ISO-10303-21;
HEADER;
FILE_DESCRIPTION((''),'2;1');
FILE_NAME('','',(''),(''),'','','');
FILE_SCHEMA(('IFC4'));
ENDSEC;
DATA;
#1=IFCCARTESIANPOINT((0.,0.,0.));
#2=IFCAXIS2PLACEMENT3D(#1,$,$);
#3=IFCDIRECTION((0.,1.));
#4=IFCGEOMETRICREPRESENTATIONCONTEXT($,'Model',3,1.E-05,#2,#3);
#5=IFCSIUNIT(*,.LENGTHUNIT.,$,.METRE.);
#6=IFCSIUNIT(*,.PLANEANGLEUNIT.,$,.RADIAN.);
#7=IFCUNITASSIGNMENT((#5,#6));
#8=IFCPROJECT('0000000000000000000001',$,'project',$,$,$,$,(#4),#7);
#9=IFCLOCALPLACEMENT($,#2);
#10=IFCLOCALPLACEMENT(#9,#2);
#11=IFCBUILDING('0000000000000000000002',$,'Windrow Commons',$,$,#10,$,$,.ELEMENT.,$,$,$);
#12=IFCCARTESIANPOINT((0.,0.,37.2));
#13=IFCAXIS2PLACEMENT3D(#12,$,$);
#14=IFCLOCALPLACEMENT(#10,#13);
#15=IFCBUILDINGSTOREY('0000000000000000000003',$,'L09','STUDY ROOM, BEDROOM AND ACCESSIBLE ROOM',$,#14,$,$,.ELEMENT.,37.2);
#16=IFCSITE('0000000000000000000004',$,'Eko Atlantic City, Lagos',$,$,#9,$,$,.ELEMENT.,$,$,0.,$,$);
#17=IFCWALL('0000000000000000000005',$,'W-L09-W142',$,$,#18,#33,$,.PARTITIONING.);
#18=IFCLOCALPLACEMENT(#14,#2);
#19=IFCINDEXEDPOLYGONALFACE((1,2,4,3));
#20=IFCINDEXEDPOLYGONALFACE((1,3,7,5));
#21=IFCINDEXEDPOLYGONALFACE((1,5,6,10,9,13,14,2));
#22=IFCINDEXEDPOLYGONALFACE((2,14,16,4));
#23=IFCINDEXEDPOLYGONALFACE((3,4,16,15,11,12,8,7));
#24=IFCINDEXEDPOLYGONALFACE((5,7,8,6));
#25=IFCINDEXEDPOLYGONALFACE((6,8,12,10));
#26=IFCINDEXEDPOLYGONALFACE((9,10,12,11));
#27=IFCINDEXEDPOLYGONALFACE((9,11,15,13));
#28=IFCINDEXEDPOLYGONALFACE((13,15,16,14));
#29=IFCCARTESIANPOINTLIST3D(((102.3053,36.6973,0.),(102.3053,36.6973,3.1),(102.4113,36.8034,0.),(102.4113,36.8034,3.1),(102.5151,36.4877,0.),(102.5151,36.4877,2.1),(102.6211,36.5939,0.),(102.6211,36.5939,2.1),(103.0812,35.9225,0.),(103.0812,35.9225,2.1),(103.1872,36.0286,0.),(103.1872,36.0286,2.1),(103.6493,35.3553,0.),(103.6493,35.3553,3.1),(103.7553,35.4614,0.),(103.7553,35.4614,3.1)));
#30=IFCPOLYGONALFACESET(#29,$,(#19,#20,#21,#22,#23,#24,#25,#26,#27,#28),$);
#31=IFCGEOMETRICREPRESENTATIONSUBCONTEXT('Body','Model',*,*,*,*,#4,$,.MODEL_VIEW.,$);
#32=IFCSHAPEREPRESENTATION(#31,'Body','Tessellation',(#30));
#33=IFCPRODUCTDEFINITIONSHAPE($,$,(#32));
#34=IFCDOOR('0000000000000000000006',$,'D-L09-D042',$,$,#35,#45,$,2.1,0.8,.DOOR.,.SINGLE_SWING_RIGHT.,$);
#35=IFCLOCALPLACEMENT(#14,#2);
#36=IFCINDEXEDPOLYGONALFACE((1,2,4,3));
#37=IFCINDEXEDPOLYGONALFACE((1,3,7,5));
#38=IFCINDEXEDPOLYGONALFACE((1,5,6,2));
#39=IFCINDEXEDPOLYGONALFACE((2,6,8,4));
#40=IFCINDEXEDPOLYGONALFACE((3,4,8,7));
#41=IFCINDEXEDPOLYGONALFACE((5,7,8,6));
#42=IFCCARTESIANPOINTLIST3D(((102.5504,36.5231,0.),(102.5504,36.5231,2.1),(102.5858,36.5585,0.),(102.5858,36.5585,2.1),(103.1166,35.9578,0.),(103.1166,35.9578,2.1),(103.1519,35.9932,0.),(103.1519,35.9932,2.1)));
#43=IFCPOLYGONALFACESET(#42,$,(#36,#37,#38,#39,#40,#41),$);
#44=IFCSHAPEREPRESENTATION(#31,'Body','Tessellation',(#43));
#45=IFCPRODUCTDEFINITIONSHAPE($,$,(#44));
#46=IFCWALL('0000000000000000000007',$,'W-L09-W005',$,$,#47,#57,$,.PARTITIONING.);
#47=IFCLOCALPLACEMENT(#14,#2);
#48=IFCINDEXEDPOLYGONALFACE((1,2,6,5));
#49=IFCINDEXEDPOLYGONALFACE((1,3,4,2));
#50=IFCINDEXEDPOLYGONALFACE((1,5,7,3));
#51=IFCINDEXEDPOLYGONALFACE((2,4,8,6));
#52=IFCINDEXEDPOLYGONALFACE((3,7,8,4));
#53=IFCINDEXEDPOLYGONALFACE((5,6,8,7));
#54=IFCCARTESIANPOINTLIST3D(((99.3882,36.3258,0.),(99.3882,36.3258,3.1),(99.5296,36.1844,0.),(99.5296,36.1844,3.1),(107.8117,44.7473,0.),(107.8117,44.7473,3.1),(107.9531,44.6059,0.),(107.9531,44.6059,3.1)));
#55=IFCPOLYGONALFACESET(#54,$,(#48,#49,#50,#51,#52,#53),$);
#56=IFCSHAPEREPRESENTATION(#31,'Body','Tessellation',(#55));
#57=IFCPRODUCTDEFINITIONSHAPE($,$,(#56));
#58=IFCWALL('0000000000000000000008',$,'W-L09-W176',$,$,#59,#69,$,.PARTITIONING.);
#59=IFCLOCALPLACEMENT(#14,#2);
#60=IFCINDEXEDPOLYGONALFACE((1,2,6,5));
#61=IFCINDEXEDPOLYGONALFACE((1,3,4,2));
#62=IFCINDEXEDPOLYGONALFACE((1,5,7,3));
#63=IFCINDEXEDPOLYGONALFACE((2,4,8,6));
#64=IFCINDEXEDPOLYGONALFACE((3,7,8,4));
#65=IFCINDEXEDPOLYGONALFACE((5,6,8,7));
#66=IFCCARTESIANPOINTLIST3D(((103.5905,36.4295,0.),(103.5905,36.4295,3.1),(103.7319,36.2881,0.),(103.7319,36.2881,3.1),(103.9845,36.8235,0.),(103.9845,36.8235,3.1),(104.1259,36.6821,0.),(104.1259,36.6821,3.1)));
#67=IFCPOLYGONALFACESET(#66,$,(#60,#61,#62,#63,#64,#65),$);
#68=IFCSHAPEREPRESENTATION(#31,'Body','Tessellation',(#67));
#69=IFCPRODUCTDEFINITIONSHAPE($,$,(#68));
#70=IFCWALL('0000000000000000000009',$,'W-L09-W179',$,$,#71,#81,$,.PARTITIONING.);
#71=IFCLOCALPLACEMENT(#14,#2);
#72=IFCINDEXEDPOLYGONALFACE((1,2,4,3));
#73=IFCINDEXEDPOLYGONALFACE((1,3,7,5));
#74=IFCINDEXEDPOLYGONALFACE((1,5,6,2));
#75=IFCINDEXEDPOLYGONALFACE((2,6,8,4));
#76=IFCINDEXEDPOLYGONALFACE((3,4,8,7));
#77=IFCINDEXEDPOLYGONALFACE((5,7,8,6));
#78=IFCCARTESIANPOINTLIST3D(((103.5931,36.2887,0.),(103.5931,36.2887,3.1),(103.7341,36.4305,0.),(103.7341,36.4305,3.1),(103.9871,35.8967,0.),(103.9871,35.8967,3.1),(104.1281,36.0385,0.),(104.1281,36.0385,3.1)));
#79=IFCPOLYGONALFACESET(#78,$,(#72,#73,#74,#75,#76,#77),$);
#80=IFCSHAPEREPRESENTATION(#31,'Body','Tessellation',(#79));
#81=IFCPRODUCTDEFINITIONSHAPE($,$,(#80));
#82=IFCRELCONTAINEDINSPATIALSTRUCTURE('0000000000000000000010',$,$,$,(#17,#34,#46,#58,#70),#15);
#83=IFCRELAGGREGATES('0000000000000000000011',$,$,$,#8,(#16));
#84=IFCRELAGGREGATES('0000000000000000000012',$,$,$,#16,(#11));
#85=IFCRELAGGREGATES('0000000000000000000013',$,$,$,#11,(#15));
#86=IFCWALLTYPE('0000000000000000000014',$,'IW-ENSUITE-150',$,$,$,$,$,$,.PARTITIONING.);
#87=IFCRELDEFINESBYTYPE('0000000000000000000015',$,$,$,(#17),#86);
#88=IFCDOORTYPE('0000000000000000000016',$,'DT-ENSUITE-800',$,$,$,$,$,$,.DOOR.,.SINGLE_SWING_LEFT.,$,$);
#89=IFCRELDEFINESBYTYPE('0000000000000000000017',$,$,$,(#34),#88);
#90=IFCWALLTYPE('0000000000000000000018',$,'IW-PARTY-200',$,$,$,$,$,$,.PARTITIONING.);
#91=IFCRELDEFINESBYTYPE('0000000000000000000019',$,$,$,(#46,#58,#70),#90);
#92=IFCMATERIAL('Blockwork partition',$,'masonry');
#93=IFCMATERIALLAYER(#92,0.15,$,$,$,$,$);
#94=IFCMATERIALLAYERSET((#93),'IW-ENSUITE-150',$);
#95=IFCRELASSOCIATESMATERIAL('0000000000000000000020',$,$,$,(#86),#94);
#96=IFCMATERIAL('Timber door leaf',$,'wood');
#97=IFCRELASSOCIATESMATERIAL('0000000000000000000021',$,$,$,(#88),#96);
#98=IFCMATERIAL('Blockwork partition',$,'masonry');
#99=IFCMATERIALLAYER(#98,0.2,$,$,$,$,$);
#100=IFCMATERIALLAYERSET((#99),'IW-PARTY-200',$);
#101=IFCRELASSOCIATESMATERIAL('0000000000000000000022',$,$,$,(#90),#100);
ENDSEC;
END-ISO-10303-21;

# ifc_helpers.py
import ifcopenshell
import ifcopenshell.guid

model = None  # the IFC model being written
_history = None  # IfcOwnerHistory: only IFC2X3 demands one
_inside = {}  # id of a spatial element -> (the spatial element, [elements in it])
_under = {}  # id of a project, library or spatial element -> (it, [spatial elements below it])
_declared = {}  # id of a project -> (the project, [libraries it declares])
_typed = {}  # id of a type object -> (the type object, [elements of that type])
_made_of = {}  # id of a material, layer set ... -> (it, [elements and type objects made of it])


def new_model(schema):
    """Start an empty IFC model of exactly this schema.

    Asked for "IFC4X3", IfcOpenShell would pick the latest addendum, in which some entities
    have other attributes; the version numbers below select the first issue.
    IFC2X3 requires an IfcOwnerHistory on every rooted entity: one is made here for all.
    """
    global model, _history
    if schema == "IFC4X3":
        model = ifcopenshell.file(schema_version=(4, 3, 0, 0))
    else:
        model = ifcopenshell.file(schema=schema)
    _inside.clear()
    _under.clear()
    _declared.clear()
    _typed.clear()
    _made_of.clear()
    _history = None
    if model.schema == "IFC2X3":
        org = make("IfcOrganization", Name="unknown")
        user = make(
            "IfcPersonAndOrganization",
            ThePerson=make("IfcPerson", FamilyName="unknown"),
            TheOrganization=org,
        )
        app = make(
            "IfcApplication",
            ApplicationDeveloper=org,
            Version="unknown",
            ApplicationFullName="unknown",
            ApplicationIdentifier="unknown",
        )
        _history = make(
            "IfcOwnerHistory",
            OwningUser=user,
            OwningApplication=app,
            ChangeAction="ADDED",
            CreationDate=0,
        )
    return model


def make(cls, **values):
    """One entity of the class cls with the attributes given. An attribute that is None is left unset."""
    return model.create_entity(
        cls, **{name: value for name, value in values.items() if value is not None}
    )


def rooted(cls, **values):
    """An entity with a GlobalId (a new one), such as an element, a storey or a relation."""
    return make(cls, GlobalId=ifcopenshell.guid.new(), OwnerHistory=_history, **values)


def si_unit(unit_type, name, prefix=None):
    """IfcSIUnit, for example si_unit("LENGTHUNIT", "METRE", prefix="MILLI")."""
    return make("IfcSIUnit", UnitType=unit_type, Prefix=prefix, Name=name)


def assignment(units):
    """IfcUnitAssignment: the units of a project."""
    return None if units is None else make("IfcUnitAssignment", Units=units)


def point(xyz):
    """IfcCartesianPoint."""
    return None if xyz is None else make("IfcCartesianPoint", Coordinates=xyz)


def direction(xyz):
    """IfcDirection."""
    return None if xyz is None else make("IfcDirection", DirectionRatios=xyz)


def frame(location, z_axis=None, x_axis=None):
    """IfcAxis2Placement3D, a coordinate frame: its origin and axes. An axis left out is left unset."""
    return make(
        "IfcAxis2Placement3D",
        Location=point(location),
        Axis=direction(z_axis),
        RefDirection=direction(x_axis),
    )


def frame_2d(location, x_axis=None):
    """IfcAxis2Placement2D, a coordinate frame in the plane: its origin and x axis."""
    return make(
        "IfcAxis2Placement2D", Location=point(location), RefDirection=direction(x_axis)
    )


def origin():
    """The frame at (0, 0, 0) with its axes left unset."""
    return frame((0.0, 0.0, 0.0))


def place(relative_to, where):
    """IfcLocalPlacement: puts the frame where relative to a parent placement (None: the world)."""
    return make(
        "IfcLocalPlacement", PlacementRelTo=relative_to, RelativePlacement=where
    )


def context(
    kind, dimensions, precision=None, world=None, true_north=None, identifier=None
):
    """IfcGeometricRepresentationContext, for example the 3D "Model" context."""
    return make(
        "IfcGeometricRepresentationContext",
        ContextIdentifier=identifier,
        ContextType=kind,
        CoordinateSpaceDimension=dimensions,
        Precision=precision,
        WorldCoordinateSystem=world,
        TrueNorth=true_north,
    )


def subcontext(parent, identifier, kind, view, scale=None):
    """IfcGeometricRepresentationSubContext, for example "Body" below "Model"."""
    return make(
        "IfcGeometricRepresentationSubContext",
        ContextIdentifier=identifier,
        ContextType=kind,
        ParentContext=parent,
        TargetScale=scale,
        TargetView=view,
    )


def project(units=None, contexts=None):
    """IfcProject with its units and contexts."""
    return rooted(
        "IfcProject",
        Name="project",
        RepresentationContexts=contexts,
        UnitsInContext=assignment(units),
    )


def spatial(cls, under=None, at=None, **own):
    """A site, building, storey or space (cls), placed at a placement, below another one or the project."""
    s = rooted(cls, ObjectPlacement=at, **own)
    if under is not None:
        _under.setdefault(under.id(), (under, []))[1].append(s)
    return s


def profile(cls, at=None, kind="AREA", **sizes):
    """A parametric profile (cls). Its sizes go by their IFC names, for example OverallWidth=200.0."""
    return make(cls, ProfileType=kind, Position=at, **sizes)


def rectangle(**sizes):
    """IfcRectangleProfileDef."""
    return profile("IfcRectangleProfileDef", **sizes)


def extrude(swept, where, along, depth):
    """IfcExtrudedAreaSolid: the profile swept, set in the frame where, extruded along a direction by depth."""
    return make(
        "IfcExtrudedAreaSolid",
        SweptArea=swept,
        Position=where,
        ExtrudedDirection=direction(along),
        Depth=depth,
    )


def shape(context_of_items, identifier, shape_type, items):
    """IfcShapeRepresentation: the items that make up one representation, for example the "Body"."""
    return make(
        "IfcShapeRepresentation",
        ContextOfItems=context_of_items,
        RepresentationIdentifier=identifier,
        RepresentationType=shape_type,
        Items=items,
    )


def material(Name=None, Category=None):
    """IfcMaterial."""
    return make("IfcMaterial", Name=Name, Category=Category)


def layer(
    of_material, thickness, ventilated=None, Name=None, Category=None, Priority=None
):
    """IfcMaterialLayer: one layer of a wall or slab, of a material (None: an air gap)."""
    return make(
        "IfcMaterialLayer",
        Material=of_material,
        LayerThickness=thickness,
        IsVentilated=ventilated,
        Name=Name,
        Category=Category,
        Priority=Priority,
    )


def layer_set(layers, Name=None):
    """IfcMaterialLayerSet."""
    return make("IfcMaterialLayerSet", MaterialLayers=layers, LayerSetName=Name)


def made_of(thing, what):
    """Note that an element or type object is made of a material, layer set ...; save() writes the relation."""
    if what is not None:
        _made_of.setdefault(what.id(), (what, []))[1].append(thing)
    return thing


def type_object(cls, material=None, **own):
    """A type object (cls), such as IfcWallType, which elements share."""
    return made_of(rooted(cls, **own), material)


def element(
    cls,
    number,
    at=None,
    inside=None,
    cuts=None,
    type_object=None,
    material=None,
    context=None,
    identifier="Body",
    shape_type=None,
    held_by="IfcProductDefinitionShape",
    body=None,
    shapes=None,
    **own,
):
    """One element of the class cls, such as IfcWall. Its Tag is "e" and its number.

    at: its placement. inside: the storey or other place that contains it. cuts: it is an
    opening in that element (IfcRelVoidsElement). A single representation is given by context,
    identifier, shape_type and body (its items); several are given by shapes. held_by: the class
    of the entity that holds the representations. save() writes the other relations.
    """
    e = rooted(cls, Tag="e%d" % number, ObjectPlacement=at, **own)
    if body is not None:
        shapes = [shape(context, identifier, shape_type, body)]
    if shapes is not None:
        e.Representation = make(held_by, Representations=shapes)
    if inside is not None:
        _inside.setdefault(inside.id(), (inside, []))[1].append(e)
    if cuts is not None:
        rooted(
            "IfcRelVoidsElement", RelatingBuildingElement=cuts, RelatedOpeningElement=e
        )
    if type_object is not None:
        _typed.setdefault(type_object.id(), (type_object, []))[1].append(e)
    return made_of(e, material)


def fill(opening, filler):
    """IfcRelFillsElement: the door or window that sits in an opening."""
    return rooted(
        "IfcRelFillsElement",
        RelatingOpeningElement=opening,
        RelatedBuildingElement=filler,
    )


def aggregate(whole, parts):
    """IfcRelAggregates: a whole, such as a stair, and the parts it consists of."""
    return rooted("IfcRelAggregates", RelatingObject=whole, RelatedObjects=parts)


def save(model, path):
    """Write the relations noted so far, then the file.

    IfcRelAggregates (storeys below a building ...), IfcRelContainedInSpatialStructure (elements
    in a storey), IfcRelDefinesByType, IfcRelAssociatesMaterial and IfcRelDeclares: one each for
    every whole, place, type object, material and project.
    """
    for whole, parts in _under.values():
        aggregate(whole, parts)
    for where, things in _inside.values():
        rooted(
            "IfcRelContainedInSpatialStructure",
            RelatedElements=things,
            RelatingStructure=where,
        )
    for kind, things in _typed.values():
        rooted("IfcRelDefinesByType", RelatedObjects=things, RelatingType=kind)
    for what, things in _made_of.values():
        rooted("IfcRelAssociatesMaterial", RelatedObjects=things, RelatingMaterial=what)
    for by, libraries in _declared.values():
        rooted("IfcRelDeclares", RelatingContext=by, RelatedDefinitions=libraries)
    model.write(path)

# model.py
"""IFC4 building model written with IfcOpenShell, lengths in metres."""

from ifc_helpers import new_model, si_unit, direction, frame, frame_2d, origin, place, context, subcontext, project, spatial, rectangle, extrude, material, layer, layer_set, type_object, element, fill, save


model = new_model("IFC4")

# Units and contexts
model_context = context("Model", 3, precision=1e-05, world=origin(), true_north=direction((0.0, 1.0)))
body_context = subcontext(model_context, "Body", "Model", "MODEL_VIEW")
ifc_project = project(units=[si_unit("LENGTHUNIT", "METRE"), si_unit("PLANEANGLEUNIT", "RADIAN")], contexts=[model_context])

# Site, building, storey
site_placement = place(None, origin())
site = spatial("IfcSite", under=ifc_project, at=site_placement, Name="Eko Atlantic City, Lagos", CompositionType="ELEMENT", RefElevation=0.0)
building_placement = place(site_placement, origin())
building = spatial("IfcBuilding", under=site, at=building_placement, Name="Windrow Commons", CompositionType="ELEMENT")
storey_placement = place(building_placement, frame((0.0, 0.0, 37.2)))
storey = spatial("IfcBuildingStorey", under=building, at=storey_placement, Name="L09", Description="STUDY ROOM, BEDROOM AND ACCESSIBLE ROOM", CompositionType="ELEMENT", Elevation=37.2)

# Shared definitions
ifc_material_1 = material(Name="Blockwork partition", Category="masonry")
ifc_layer_1 = layer(ifc_material_1, 0.15)
ifc_layer_set_1 = layer_set([ifc_layer_1], Name="IW-ENSUITE-150")
wall_type_1 = type_object("IfcWallType", Name="IW-ENSUITE-150", PredefinedType="PARTITIONING", material=ifc_layer_set_1)

# Wall, opening, door
wall_1_placement = place(storey_placement, frame((102.3583, 36.7503, 0.0), z_axis=(0.0, 0.0, 1.0), x_axis=(0.707633, -0.70658, 0.0)))
wall_1 = element("IfcWall", 1, at=wall_1_placement, inside=storey, type_object=wall_type_1, Name="W-L09-W142", PredefinedType="PARTITIONING", context=body_context, shape_type="SweptSolid", body=[
    extrude(rectangle(XDim=1.8993, YDim=0.15, at=frame_2d((0.9496, 0.0))), origin(), (0.0, 0.0, 1.0), 3.1),
])
opening_1_placement = place(wall_1_placement, frame((0.2965, 0.0, 0.0)))
opening_1 = element("IfcOpeningElement", 2, at=opening_1_placement, cuts=wall_1, PredefinedType="OPENING", context=body_context, shape_type="SweptSolid", body=[
    extrude(rectangle(XDim=0.8, YDim=2.1, at=frame_2d((0.4, 1.05))), frame((0.0, 0.085, 0.0), z_axis=(0.0, -1.0, 0.0), x_axis=(1.0, 0.0, 0.0)), (0.0, 0.0, 1.0), 0.17),
])
ifc_material_2 = material(Name="Timber door leaf", Category="wood")
door_type_1 = type_object("IfcDoorType", Name="DT-ENSUITE-800", OperationType="SINGLE_SWING_LEFT", PredefinedType="DOOR", material=ifc_material_2)
door_1_placement = place(opening_1_placement, origin())
door_1 = element("IfcDoor", 3, at=door_1_placement, inside=storey, type_object=door_type_1, Name="D-L09-D042", OperationType="SINGLE_SWING_RIGHT", OverallHeight=2.1, OverallWidth=0.8, PredefinedType="DOOR", context=body_context, shape_type="SweptSolid", body=[
    extrude(rectangle(XDim=0.8, YDim=2.1, at=frame_2d((0.4, 1.05))), frame((0.0, 0.025, 0.0), z_axis=(0.0, -1.0, 0.0), x_axis=(1.0, 0.0, 0.0)), (0.0, 0.0, 1.0), 0.05),
])
fill(opening_1, door_1)

# Walls
ifc_material_3 = material(Name="Blockwork partition", Category="masonry")
ifc_layer_2 = layer(ifc_material_3, 0.2)
ifc_layer_set_2 = layer_set([ifc_layer_2], Name="IW-PARTY-200")
wall_type_2 = type_object("IfcWallType", Name="IW-PARTY-200", PredefinedType="PARTITIONING", material=ifc_layer_set_2)
wall_2_placement = place(storey_placement, frame((99.4589, 36.2551, 0.0), z_axis=(0.0, 0.0, 1.0), x_axis=(0.707191, 0.707023, 0.0)))
element("IfcWall", 4, at=wall_2_placement, inside=storey, type_object=wall_type_2, Name="W-L09-W005", PredefinedType="PARTITIONING", context=body_context, shape_type="SweptSolid", body=[
    extrude(rectangle(XDim=11.9112, YDim=0.2, at=frame_2d((5.9556, 0.0))), origin(), (0.0, 0.0, 1.0), 3.1),
])
wall_3_placement = place(storey_placement, frame((103.6612, 36.3588, 0.0), z_axis=(0.0, 0.0, 1.0), x_axis=(0.707107, 0.707107, 0.0)))
element("IfcWall", 5, at=wall_3_placement, inside=storey, type_object=wall_type_2, Name="W-L09-W176", PredefinedType="PARTITIONING", context=body_context, shape_type="SweptSolid", body=[
    extrude(rectangle(XDim=0.5572, YDim=0.2, at=frame_2d((0.2786, 0.0))), origin(), (0.0, 0.0, 1.0), 3.1),
])
wall_4_placement = place(storey_placement, frame((103.6636, 36.3596, 0.0), z_axis=(0.0, 0.0, 1.0), x_axis=(0.708904, -0.705305, 0.0)))
element("IfcWall", 6, at=wall_4_placement, inside=storey, type_object=wall_type_2, Name="W-L09-W179", PredefinedType="PARTITIONING", context=body_context, shape_type="SweptSolid", body=[
    extrude(rectangle(XDim=0.5558, YDim=0.2, at=frame_2d((0.2779, 0.0))), origin(), (0.0, 0.0, 1.0), 3.1),
])

save(model, "model.ifc")
